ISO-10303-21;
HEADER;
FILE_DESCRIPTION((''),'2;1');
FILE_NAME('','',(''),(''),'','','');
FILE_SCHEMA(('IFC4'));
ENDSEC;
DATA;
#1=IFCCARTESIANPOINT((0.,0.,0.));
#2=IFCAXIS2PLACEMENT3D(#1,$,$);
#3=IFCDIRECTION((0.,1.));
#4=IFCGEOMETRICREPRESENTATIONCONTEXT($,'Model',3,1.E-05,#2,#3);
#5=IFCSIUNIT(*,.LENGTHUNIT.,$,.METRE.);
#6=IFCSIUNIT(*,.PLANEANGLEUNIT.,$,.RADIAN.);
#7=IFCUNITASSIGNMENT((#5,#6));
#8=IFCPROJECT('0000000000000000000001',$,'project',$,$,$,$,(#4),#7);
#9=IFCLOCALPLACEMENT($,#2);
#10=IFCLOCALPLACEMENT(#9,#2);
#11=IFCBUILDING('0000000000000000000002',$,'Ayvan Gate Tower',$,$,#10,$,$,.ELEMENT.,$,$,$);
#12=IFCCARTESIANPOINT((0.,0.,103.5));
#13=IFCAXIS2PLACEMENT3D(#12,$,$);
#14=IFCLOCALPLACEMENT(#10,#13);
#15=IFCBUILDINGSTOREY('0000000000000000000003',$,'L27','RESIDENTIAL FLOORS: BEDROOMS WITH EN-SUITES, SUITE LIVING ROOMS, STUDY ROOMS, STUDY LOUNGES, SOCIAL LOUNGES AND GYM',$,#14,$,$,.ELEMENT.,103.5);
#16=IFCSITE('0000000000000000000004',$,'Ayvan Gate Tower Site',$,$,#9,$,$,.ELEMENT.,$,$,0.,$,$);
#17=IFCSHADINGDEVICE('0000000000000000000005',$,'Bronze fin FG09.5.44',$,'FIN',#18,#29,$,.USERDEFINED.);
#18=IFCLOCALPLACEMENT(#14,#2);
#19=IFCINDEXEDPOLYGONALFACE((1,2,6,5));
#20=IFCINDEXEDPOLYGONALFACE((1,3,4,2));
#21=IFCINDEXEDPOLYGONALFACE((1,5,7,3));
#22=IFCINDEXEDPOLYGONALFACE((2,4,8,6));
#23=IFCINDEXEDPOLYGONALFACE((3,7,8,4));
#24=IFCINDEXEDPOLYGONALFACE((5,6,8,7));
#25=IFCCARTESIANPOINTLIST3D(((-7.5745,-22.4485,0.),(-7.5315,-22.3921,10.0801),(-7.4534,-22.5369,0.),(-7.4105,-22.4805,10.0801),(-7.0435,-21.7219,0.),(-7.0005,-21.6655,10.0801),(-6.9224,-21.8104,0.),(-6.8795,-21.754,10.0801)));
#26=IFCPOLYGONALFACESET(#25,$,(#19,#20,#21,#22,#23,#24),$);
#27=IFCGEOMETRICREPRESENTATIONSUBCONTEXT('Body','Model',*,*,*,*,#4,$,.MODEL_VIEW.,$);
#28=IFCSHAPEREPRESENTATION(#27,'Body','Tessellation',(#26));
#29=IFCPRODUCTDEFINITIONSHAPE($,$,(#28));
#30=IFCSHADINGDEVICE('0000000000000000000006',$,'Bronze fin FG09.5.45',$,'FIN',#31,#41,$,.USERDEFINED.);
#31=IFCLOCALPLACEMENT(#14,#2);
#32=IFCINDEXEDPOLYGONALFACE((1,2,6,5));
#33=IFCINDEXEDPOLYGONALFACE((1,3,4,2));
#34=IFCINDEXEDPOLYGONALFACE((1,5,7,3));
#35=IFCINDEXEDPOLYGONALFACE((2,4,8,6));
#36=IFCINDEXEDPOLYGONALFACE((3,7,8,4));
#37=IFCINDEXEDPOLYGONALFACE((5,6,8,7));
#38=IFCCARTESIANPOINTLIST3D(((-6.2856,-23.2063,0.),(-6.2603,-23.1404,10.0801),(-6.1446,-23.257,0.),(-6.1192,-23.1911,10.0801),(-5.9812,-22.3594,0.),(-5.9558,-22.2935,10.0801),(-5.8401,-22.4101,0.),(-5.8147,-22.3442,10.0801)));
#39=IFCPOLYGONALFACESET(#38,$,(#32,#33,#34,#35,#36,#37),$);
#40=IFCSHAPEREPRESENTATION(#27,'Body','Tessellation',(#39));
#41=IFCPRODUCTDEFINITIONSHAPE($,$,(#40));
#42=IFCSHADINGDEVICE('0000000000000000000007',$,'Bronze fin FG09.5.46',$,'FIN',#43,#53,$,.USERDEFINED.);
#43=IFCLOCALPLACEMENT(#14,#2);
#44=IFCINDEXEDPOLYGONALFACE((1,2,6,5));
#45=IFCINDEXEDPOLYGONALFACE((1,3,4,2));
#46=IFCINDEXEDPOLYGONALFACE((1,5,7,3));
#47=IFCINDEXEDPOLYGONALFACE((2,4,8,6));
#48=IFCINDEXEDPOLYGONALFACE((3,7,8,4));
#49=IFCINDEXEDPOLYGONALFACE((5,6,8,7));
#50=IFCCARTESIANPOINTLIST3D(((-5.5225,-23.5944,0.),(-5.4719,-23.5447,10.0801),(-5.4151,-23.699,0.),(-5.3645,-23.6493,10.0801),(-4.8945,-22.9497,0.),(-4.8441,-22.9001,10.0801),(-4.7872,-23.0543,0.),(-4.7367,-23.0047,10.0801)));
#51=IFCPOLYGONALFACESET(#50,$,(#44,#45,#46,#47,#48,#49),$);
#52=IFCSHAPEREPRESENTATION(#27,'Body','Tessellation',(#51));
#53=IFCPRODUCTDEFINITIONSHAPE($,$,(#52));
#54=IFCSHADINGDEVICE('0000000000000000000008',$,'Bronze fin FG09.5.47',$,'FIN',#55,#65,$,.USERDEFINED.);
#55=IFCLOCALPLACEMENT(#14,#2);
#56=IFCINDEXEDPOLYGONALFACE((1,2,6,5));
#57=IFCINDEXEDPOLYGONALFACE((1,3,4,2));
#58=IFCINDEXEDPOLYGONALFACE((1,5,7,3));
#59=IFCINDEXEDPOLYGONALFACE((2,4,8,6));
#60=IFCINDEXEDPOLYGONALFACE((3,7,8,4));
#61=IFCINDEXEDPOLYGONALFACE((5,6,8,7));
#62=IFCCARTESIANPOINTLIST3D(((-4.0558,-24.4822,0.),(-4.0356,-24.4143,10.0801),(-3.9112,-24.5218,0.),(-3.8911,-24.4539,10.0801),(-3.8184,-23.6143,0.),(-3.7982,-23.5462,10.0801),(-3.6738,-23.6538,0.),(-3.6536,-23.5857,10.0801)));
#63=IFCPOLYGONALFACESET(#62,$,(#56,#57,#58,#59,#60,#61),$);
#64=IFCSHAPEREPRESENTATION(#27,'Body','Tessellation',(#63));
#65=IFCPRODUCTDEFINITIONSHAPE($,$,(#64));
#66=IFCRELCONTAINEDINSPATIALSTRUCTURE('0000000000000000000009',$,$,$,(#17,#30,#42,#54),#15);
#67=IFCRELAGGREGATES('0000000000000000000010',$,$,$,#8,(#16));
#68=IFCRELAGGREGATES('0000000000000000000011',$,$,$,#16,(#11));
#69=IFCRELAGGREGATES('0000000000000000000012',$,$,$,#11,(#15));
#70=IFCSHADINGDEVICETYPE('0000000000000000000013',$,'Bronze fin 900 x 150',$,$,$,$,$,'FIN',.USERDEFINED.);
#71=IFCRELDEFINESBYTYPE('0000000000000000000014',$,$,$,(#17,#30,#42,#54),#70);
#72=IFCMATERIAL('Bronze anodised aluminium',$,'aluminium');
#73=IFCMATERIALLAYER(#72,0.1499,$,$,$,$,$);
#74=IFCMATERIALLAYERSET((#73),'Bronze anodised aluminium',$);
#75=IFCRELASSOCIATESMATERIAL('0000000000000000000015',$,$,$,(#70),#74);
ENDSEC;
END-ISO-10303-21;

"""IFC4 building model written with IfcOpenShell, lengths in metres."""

from ifc_helpers import new_model, si_unit, direction, frame, origin, place, context, subcontext, project, spatial, polyline, outline, extrude, material, layer, layer_set, type_object, element, save


model = new_model("IFC4")

# Units and contexts
model_context = context("Model", 3, precision=1e-05, world=origin(), true_north=direction((0.0, 1.0)))
body_context = subcontext(model_context, "Body", "Model", "MODEL_VIEW")
ifc_project = project(units=[si_unit("LENGTHUNIT", "METRE"), si_unit("PLANEANGLEUNIT", "RADIAN")], contexts=[model_context])

# Site, building, storey
site_placement = place(None, origin())
site = spatial("IfcSite", under=ifc_project, at=site_placement, Name="Ayvan Gate Tower Site", CompositionType="ELEMENT", RefElevation=0.0)
building_placement = place(site_placement, origin())
building = spatial("IfcBuilding", under=site, at=building_placement, Name="Ayvan Gate Tower", CompositionType="ELEMENT")
storey_placement = place(building_placement, frame((0.0, 0.0, 103.5)))
storey = spatial("IfcBuildingStorey", under=building, at=storey_placement, Name="L27", Description="RESIDENTIAL FLOORS: BEDROOMS WITH EN-SUITES, SUITE LIVING ROOMS, STUDY ROOMS, STUDY LOUNGES, SOCIAL LOUNGES AND GYM", CompositionType="ELEMENT", Elevation=103.5)

# Shared definitions
ifc_material_1 = material(Name="Bronze anodised aluminium", Category="aluminium")

# Shading devices
ifc_layer_1 = layer(ifc_material_1, 0.1499)
ifc_layer_set_1 = layer_set([ifc_layer_1], Name="Bronze anodised aluminium")
shading_device_type = type_object("IfcShadingDeviceType", Name="Bronze fin 900 x 150", ElementType="FIN", PredefinedType="USERDEFINED", material=ifc_layer_set_1)
shading_device_1_placement = place(storey_placement, frame((-7.0435, -21.7219, 0.0), z_axis=(-0.807361, 0.590057, 0.00014), x_axis=(-0.590057, -0.807361, 0.0)))
element("IfcShadingDevice", 1, at=shading_device_1_placement, inside=storey, type_object=shading_device_type, Name="Bronze fin FG09.5.44", ObjectType="FIN", PredefinedType="USERDEFINED", context=body_context, shape_type="SweptSolid", body=[
    extrude(outline(polyline([(0.0, 0.0), (0.8999, 0.0), (0.829, 10.0801), (-0.0709, 10.0801), (0.0, 0.0)])), origin(), (0.0, 0.0, -1.0), 0.1499),
])
shading_device_2_placement = place(storey_placement, frame((-5.9812, -22.3594, 0.0), z_axis=(-0.941046, 0.338278, 0.000158), x_axis=(-0.338278, -0.941046, 0.0)))
element("IfcShadingDevice", 2, at=shading_device_2_placement, inside=storey, type_object=shading_device_type, Name="Bronze fin FG09.5.45", ObjectType="FIN", PredefinedType="USERDEFINED", context=body_context, shape_type="SweptSolid", body=[
    extrude(outline(polyline([(0.0, 0.0), (0.9, 0.0), (0.8294, 10.0801), (-0.0706, 10.0801), (0.0, 0.0)])), origin(), (0.0, 0.0, -1.0), 0.1499),
])
shading_device_3_placement = place(storey_placement, frame((-4.8945, -22.9497, 0.0), z_axis=(-0.716337, 0.697754, 0.000152), x_axis=(-0.697754, -0.716337, 0.0)))
element("IfcShadingDevice", 3, at=shading_device_3_placement, inside=storey, type_object=shading_device_type, Name="Bronze fin FG09.5.46", ObjectType="FIN", PredefinedType="USERDEFINED", context=body_context, shape_type="SweptSolid", body=[
    extrude(outline(polyline([(0.0, 0.0), (0.9, 0.0), (0.8291, 10.0801), (-0.0708, 10.0801), (0.0, 0.0)])), origin(), (0.0, 0.0, -1.0), 0.1499),
])
shading_device_4_placement = place(storey_placement, frame((-3.8184, -23.6143, 0.0), z_axis=(-0.964569, 0.263829, 0.000148), x_axis=(-0.263829, -0.964569, 0.0)))
element("IfcShadingDevice", 4, at=shading_device_4_placement, inside=storey, type_object=shading_device_type, Name="Bronze fin FG09.5.47", ObjectType="FIN", PredefinedType="USERDEFINED", context=body_context, shape_type="SweptSolid", body=[
    extrude(outline(polyline([(0.0, 0.0), (0.8998, 0.0), (0.829, 10.0801), (-0.071, 10.0801), (0.0, 0.0)])), origin(), (0.0, 0.0, -1.0), 0.1499),
])

save(model, "model.ifc")
